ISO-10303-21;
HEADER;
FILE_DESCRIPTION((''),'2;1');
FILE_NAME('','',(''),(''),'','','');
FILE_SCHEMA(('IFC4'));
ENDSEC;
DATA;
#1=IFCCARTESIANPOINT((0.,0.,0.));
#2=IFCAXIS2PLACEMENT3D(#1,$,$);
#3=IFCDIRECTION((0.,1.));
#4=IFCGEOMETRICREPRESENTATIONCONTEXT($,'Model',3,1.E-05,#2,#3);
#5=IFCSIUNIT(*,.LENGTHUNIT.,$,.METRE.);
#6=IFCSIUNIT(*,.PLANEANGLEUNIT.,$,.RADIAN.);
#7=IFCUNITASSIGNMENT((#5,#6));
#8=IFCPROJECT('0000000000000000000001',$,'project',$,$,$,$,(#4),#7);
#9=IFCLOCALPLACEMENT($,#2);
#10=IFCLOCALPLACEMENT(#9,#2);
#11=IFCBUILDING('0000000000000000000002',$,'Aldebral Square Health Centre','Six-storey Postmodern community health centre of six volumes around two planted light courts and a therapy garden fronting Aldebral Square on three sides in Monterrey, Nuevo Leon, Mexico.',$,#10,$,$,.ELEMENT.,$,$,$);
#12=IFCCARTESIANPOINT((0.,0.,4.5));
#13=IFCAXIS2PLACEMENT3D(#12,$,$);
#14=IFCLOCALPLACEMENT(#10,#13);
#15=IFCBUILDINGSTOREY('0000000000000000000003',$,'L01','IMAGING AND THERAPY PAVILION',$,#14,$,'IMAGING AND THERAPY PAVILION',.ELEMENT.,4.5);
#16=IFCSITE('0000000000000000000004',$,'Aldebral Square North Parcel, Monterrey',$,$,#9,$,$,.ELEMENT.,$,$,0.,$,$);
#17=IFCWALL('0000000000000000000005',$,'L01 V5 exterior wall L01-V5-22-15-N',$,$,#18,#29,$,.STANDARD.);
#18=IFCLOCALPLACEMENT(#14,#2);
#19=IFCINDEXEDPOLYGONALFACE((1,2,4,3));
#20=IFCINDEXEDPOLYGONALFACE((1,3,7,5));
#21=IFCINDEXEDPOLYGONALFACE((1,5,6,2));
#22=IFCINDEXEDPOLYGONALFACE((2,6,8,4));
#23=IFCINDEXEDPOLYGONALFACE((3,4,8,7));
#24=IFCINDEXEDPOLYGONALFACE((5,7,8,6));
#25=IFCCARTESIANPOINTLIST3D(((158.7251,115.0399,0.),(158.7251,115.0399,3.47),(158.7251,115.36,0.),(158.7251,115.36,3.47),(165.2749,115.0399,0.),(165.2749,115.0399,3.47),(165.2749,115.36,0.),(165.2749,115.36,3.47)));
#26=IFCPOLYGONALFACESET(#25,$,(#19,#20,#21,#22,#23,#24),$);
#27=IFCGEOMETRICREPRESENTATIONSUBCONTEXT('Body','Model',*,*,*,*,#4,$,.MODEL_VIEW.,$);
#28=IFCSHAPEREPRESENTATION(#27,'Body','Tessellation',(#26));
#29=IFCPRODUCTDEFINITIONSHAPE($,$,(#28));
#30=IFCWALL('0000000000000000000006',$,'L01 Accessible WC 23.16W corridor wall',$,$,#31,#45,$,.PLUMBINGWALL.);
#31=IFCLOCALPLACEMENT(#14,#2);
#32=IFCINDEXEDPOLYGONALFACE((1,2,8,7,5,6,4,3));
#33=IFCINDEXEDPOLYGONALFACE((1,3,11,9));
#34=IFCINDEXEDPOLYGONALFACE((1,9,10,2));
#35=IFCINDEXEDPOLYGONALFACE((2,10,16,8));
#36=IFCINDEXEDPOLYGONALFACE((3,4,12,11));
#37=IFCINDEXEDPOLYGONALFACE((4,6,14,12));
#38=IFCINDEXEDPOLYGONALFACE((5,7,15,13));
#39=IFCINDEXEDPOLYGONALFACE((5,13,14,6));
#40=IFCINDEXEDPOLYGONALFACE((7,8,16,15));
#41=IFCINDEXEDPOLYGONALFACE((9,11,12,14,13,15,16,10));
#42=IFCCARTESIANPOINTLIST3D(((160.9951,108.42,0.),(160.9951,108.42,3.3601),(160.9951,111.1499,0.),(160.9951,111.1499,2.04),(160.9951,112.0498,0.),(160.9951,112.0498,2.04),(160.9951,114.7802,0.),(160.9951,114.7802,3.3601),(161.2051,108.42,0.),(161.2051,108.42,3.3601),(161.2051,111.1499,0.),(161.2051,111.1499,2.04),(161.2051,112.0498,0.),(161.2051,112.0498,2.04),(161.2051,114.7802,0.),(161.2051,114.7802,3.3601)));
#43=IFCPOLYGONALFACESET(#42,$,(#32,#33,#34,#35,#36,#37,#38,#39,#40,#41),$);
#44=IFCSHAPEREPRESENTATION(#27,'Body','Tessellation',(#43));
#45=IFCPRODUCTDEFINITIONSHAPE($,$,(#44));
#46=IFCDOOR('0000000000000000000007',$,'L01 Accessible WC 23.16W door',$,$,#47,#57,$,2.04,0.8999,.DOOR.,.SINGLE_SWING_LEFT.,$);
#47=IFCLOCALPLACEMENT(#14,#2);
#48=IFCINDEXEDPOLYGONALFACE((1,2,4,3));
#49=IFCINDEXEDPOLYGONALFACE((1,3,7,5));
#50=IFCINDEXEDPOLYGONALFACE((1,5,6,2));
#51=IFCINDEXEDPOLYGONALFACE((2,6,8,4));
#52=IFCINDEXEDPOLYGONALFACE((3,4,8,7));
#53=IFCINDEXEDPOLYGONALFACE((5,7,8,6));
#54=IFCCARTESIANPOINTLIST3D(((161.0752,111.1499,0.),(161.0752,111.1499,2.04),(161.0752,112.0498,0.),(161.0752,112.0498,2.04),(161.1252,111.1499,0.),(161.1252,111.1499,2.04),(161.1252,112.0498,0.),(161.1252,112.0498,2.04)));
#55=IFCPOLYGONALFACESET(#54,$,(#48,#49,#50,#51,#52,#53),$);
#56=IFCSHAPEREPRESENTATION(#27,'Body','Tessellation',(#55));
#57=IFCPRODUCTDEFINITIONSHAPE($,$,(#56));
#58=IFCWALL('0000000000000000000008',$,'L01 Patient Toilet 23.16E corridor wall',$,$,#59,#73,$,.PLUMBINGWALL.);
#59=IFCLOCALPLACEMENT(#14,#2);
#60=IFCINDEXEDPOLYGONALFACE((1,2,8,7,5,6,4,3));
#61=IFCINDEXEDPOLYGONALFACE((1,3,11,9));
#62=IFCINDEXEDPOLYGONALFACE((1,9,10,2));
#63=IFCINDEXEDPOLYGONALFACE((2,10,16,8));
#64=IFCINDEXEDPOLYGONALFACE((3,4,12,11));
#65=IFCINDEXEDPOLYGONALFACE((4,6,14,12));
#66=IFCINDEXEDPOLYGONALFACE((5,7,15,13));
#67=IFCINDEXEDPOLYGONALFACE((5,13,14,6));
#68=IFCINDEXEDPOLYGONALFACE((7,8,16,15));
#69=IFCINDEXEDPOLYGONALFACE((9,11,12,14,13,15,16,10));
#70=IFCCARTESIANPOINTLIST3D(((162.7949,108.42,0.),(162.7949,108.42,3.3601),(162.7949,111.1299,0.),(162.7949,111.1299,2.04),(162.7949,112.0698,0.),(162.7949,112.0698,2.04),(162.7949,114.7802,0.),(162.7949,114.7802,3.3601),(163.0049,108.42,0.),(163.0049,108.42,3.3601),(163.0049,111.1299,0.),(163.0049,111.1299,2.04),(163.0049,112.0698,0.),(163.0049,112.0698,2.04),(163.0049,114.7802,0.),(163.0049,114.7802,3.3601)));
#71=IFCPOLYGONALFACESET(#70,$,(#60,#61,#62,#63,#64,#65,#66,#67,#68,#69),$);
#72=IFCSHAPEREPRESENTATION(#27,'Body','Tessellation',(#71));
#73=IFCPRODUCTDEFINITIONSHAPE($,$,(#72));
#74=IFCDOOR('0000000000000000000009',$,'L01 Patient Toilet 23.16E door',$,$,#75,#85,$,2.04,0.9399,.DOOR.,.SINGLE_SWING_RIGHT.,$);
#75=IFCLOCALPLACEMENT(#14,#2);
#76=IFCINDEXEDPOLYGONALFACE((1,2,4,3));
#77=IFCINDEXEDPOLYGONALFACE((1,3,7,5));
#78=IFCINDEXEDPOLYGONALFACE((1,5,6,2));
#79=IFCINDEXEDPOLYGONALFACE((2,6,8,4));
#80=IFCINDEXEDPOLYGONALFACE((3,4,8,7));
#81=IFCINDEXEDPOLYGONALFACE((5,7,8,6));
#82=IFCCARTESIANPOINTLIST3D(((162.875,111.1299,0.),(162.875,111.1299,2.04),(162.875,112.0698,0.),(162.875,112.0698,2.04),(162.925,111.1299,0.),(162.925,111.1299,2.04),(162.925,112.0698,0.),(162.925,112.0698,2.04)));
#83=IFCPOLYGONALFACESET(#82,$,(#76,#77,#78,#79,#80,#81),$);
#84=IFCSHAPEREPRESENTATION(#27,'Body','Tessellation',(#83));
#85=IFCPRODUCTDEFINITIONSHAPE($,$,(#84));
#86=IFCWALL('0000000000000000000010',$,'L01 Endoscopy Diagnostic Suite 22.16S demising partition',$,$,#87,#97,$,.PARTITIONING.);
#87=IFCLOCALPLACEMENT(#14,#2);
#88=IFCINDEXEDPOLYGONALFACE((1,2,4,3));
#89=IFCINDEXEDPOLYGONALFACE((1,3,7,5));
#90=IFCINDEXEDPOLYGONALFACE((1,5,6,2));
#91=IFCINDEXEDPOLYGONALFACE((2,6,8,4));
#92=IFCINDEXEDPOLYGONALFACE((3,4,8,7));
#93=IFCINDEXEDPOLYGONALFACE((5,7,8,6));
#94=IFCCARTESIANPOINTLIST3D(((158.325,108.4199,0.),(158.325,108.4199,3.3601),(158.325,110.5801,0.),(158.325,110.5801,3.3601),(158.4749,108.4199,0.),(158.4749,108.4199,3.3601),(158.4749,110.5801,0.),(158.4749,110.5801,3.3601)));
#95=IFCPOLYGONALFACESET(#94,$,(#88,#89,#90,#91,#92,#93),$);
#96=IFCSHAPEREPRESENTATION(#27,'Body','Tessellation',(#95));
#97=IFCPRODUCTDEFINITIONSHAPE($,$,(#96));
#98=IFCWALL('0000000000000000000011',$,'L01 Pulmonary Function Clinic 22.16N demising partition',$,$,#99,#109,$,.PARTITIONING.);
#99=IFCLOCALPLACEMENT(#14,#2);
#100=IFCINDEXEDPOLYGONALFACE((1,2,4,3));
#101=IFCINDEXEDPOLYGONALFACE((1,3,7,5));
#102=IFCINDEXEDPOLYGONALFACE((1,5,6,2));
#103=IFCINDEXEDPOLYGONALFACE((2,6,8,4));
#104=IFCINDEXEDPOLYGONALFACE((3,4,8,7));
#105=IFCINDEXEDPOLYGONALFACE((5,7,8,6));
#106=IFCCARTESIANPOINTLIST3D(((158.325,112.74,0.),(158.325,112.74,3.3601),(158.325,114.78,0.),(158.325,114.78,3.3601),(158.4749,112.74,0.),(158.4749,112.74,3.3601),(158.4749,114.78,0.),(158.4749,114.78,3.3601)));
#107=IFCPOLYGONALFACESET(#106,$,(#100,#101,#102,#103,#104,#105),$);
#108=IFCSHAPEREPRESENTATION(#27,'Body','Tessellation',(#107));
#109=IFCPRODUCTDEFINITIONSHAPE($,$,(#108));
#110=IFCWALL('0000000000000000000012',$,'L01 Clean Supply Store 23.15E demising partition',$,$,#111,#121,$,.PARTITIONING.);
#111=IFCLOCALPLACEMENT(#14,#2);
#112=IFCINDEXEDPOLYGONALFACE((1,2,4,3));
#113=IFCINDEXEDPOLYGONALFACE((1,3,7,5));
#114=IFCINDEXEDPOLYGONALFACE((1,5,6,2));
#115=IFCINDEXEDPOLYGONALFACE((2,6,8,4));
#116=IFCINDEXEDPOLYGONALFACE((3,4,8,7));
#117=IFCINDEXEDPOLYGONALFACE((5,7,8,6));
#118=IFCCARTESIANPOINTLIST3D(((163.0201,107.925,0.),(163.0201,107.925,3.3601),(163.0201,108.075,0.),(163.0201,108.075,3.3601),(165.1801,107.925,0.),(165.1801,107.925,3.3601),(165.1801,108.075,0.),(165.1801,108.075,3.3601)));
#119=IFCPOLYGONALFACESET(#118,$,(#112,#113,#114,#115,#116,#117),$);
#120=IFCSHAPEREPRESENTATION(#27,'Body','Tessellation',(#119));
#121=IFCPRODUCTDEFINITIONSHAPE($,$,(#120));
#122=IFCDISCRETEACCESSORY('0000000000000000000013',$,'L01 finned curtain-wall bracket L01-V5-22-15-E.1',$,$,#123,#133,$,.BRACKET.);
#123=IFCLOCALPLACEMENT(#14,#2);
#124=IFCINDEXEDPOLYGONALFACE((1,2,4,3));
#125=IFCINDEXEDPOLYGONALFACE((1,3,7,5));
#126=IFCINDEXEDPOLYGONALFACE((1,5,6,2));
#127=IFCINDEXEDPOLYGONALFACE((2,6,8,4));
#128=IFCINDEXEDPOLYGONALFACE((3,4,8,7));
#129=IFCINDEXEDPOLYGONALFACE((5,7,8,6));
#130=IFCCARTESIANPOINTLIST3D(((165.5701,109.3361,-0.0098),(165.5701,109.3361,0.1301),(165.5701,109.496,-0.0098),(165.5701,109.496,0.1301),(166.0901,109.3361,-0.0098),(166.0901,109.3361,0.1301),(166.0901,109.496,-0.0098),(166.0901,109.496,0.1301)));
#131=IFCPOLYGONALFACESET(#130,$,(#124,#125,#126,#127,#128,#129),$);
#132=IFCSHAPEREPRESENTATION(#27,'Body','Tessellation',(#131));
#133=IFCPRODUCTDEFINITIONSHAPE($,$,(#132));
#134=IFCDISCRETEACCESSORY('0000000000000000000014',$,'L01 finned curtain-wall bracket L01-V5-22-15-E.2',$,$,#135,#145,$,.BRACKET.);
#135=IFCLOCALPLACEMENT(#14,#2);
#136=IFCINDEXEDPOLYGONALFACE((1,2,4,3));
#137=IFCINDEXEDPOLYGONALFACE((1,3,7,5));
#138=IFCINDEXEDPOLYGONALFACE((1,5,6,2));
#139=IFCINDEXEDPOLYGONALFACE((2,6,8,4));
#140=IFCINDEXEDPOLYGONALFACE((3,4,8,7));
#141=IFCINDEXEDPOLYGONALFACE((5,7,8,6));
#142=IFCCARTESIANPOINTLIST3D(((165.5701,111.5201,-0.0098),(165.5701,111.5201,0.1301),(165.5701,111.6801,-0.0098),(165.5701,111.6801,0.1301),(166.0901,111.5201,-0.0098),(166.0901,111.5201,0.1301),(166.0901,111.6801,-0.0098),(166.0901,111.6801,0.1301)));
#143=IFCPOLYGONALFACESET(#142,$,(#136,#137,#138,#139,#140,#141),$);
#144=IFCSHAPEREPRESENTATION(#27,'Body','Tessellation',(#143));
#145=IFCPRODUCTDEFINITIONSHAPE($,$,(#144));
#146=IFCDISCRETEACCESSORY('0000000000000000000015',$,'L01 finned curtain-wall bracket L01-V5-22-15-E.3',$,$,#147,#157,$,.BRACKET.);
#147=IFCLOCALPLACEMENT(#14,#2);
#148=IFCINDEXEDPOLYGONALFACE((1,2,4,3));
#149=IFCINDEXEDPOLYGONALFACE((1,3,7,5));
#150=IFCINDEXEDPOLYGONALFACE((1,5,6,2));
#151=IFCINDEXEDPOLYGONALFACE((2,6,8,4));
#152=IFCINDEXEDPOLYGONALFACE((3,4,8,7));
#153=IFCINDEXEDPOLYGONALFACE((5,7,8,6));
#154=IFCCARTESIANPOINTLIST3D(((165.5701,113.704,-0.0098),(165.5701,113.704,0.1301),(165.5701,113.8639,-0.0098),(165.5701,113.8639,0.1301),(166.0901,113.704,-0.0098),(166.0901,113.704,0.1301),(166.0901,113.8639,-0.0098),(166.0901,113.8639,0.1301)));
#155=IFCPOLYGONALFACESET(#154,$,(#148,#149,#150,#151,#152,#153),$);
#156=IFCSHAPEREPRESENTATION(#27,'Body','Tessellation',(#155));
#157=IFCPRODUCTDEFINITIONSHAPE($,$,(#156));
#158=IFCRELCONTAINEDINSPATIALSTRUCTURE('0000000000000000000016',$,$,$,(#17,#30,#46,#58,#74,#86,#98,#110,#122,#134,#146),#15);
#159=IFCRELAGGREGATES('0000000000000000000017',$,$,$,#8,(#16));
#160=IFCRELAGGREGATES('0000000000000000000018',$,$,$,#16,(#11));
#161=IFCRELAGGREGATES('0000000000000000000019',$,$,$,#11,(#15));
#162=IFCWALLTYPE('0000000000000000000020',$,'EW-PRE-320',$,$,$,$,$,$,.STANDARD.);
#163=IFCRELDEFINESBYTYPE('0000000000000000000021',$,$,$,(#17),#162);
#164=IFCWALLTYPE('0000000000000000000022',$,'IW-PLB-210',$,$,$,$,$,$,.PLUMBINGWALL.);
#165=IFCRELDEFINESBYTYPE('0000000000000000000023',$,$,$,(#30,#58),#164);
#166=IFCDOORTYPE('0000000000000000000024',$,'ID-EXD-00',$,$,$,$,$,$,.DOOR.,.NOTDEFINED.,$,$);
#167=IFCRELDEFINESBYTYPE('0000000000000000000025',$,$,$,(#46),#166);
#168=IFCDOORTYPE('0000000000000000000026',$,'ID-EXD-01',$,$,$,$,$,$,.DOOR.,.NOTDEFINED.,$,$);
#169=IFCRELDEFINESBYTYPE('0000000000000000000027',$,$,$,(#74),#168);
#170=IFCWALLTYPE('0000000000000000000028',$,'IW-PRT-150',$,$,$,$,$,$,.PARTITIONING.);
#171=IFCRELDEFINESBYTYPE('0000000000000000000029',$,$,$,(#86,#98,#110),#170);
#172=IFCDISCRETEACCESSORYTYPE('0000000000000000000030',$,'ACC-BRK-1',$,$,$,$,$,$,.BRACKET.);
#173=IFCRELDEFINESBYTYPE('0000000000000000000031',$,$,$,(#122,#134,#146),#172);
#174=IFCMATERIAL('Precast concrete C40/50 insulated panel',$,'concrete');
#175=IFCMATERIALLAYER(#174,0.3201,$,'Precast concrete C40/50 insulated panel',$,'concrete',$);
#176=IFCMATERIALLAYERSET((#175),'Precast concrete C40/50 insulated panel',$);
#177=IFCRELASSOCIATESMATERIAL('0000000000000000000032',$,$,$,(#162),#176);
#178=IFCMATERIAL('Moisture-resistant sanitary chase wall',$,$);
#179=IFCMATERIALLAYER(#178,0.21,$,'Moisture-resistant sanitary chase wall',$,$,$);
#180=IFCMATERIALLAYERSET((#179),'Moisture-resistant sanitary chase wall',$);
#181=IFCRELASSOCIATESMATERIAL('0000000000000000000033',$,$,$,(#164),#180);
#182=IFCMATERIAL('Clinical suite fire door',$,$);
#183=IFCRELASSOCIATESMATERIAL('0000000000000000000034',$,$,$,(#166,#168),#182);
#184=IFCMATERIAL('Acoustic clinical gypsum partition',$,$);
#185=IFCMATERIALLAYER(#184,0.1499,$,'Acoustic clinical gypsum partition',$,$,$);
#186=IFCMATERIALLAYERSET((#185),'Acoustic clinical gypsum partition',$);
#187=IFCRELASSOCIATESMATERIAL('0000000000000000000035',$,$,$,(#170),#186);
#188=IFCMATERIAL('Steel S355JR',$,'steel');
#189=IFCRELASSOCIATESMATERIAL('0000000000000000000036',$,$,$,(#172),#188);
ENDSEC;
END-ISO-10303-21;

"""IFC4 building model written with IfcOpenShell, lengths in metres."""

from ifc_helpers import new_model, si_unit, direction, frame, frame_2d, origin, origin_2d, place, context, subcontext, project, spatial, rectangle, extrude, material, layer, layer_set, type_object, element, fill, save


model = new_model("IFC4")

# Units and contexts
model_context = context("Model", 3, precision=1e-05, world=origin(), true_north=direction((0.0, 1.0)))
body_context = subcontext(model_context, "Body", "Model", "MODEL_VIEW")
ifc_project = project(units=[si_unit("LENGTHUNIT", "METRE"), si_unit("PLANEANGLEUNIT", "RADIAN")], contexts=[model_context])

# Site, building, storey
site_placement = place(None, origin())
site = spatial("IfcSite", under=ifc_project, at=site_placement, Name="Aldebral Square North Parcel, Monterrey", CompositionType="ELEMENT", RefElevation=0.0)
building_placement = place(site_placement, origin())
building = spatial("IfcBuilding", under=site, at=building_placement, Name="Aldebral Square Health Centre", Description="Six-storey Postmodern community health centre of six volumes around two planted light courts and a therapy garden fronting Aldebral Square on three sides in Monterrey, Nuevo Leon, Mexico.", CompositionType="ELEMENT")
storey_placement = place(building_placement, frame((0.0, 0.0, 4.5)))
storey = spatial("IfcBuildingStorey", under=building, at=storey_placement, Name="L01", Description="IMAGING AND THERAPY PAVILION", LongName="IMAGING AND THERAPY PAVILION", CompositionType="ELEMENT", Elevation=4.5)

# Shared definitions
ifc_material_1 = material(Name="Steel S355JR", Category="steel")

# Wall
ifc_material_2 = material(Name="Precast concrete C40/50 insulated panel", Category="concrete")
ifc_layer_1 = layer(ifc_material_2, 0.3201, Name="Precast concrete C40/50 insulated panel", Category="concrete")
ifc_layer_set_1 = layer_set([ifc_layer_1], Name="Precast concrete C40/50 insulated panel")
wall_type_1 = type_object("IfcWallType", Name="EW-PRE-320", PredefinedType="STANDARD", material=ifc_layer_set_1)
wall_1_placement = place(storey_placement, frame((165.2749, 115.2, 0.0), z_axis=(0.0, 0.0, 1.0), x_axis=(-1.0, 0.0, 0.0)))
element("IfcWall", 1, at=wall_1_placement, inside=storey, type_object=wall_type_1, Name="L01 V5 exterior wall L01-V5-22-15-N", PredefinedType="STANDARD", context=body_context, shape_type="SweptSolid", body=[
    extrude(rectangle(XDim=6.5498, YDim=0.3201, at=frame_2d((3.2749, 0.0))), origin(), (0.0, 0.0, 1.0), 3.47),
])

# Walls, openings, doors
ifc_material_3 = material(Name="Moisture-resistant sanitary chase wall")
ifc_layer_2 = layer(ifc_material_3, 0.21, Name="Moisture-resistant sanitary chase wall")
ifc_layer_set_2 = layer_set([ifc_layer_2], Name="Moisture-resistant sanitary chase wall")
wall_type_2 = type_object("IfcWallType", Name="IW-PLB-210", PredefinedType="PLUMBINGWALL", material=ifc_layer_set_2)
wall_2_placement = place(storey_placement, frame((161.1001, 108.4199, 0.0), z_axis=(0.0, 0.0, 1.0), x_axis=(0.0, 1.0, 0.0)))
wall_2 = element("IfcWall", 2, at=wall_2_placement, inside=storey, type_object=wall_type_2, Name="L01 Accessible WC 23.16W corridor wall", PredefinedType="PLUMBINGWALL", context=body_context, shape_type="SweptSolid", body=[
    extrude(rectangle(XDim=6.3601, YDim=0.21, at=frame_2d((3.1802, 0.0))), origin(), (0.0, 0.0, 1.0), 3.3601),
])
opening_1_placement = place(wall_2_placement, frame((2.73, 0.0, 0.0)))
opening_1 = element("IfcOpeningElement", 3, at=opening_1_placement, cuts=wall_2, PredefinedType="OPENING", context=body_context, shape_type="SweptSolid", body=[
    extrude(rectangle(XDim=0.8999, YDim=2.04, at=frame_2d((0.45, 1.02))), frame((0.0, 0.115, 0.0), z_axis=(0.0, -1.0, 0.0), x_axis=(1.0, 0.0, 0.0)), (0.0, 0.0, 1.0), 0.23),
])
ifc_material_4 = material(Name="Clinical suite fire door")
door_type_1 = type_object("IfcDoorType", Name="ID-EXD-00", OperationType="NOTDEFINED", PredefinedType="DOOR", material=ifc_material_4)
door_1_placement = place(opening_1_placement, origin())
door_1 = element("IfcDoor", 4, at=door_1_placement, inside=storey, type_object=door_type_1, Name="L01 Accessible WC 23.16W door", OperationType="SINGLE_SWING_LEFT", OverallHeight=2.04, OverallWidth=0.8999, PredefinedType="DOOR", context=body_context, shape_type="SweptSolid", body=[
    extrude(rectangle(XDim=0.8999, YDim=2.04, at=frame_2d((0.45, 1.02))), frame((0.0, 0.0249, 0.0), z_axis=(0.0, -1.0, 0.0), x_axis=(1.0, 0.0, 0.0)), (0.0, 0.0, 1.0), 0.05),
])
fill(opening_1, door_1)
wall_3_placement = place(storey_placement, frame((162.8999, 108.4199, 0.0), z_axis=(0.0, 0.0, 1.0), x_axis=(0.0, 1.0, 0.0)))
wall_3 = element("IfcWall", 5, at=wall_3_placement, inside=storey, type_object=wall_type_2, Name="L01 Patient Toilet 23.16E corridor wall", PredefinedType="PLUMBINGWALL", context=body_context, shape_type="SweptSolid", body=[
    extrude(rectangle(XDim=6.3601, YDim=0.21, at=frame_2d((3.1802, 0.0))), origin(), (0.0, 0.0, 1.0), 3.3601),
])
opening_2_placement = place(wall_3_placement, frame((2.71, 0.0, 0.0)))
opening_2 = element("IfcOpeningElement", 6, at=opening_2_placement, cuts=wall_3, PredefinedType="OPENING", context=body_context, shape_type="SweptSolid", body=[
    extrude(rectangle(XDim=0.9399, YDim=2.04, at=frame_2d((0.47, 1.02))), frame((0.0, 0.115, 0.0), z_axis=(0.0, -1.0, 0.0), x_axis=(1.0, 0.0, 0.0)), (0.0, 0.0, 1.0), 0.23),
])
door_type_2 = type_object("IfcDoorType", Name="ID-EXD-01", OperationType="NOTDEFINED", PredefinedType="DOOR", material=ifc_material_4)
door_2_placement = place(opening_2_placement, origin())
door_2 = element("IfcDoor", 7, at=door_2_placement, inside=storey, type_object=door_type_2, Name="L01 Patient Toilet 23.16E door", OperationType="SINGLE_SWING_RIGHT", OverallHeight=2.04, OverallWidth=0.9399, PredefinedType="DOOR", context=body_context, shape_type="SweptSolid", body=[
    extrude(rectangle(XDim=0.9399, YDim=2.04, at=frame_2d((0.47, 1.02))), frame((0.0, 0.0249, 0.0), z_axis=(0.0, -1.0, 0.0), x_axis=(1.0, 0.0, 0.0)), (0.0, 0.0, 1.0), 0.05),
])
fill(opening_2, door_2)

# Walls
ifc_material_5 = material(Name="Acoustic clinical gypsum partition")
ifc_layer_3 = layer(ifc_material_5, 0.1499, Name="Acoustic clinical gypsum partition")
ifc_layer_set_3 = layer_set([ifc_layer_3], Name="Acoustic clinical gypsum partition")
wall_type_3 = type_object("IfcWallType", Name="IW-PRT-150", PredefinedType="PARTITIONING", material=ifc_layer_set_3)
wall_4_placement = place(storey_placement, frame((158.3999, 108.4199, 0.0), z_axis=(0.0, 0.0, 1.0), x_axis=(0.0, 1.0, 0.0)))
element("IfcWall", 8, at=wall_4_placement, inside=storey, type_object=wall_type_3, Name="L01 Endoscopy Diagnostic Suite 22.16S demising partition", PredefinedType="PARTITIONING", context=body_context, shape_type="SweptSolid", body=[
    extrude(rectangle(XDim=2.1602, YDim=0.1499, at=frame_2d((1.0801, 0.0))), origin(), (0.0, 0.0, 1.0), 3.3601),
])
wall_5_placement = place(storey_placement, frame((158.3999, 112.74, 0.0), z_axis=(0.0, 0.0, 1.0), x_axis=(0.0, 1.0, 0.0)))
element("IfcWall", 9, at=wall_5_placement, inside=storey, type_object=wall_type_3, Name="L01 Pulmonary Function Clinic 22.16N demising partition", PredefinedType="PARTITIONING", context=body_context, shape_type="SweptSolid", body=[
    extrude(rectangle(XDim=2.04, YDim=0.1499, at=frame_2d((1.02, 0.0))), origin(), (0.0, 0.0, 1.0), 3.3601),
])
wall_6_placement = place(storey_placement, frame((163.02, 108.0, 0.0), z_axis=(0.0, 0.0, 1.0), x_axis=(1.0, 0.0, 0.0)))
element("IfcWall", 10, at=wall_6_placement, inside=storey, type_object=wall_type_3, Name="L01 Clean Supply Store 23.15E demising partition", PredefinedType="PARTITIONING", context=body_context, shape_type="SweptSolid", body=[
    extrude(rectangle(XDim=2.1599, YDim=0.1499, at=frame_2d((1.0801, 0.0))), origin(), (0.0, 0.0, 1.0), 3.3601),
])

# Discrete accessories
discrete_accessory_type = type_object("IfcDiscreteAccessoryType", Name="ACC-BRK-1", PredefinedType="BRACKET", material=ifc_material_1)
for number, where, z_axis, x_axis, name in (
    (11, (165.8301, 109.416, -0.0098), (0.0, 0.0, 1.0), (0.0, 1.0, 0.0), "L01 finned curtain-wall bracket L01-V5-22-15-E.1"),
    (12, (165.8301, 111.6001, -0.0098), (0.0, 0.0, 1.0), (0.0, 1.0, 0.0), "L01 finned curtain-wall bracket L01-V5-22-15-E.2"),
    (13, (165.8301, 113.7839, -0.0098), (0.0, 0.0, 1.0), (0.0, 1.0, 0.0), "L01 finned curtain-wall bracket L01-V5-22-15-E.3"),
):
    element("IfcDiscreteAccessory", number, at=place(storey_placement, frame(where, z_axis=z_axis, x_axis=x_axis)), inside=storey, type_object=discrete_accessory_type, Name=name, PredefinedType="BRACKET", context=body_context, shape_type="SweptSolid", body=[
        extrude(rectangle(XDim=0.1599, YDim=0.52, at=origin_2d()), origin(), (0.0, 0.0, 1.0), 0.1399),
    ])

save(model, "model.ifc")
